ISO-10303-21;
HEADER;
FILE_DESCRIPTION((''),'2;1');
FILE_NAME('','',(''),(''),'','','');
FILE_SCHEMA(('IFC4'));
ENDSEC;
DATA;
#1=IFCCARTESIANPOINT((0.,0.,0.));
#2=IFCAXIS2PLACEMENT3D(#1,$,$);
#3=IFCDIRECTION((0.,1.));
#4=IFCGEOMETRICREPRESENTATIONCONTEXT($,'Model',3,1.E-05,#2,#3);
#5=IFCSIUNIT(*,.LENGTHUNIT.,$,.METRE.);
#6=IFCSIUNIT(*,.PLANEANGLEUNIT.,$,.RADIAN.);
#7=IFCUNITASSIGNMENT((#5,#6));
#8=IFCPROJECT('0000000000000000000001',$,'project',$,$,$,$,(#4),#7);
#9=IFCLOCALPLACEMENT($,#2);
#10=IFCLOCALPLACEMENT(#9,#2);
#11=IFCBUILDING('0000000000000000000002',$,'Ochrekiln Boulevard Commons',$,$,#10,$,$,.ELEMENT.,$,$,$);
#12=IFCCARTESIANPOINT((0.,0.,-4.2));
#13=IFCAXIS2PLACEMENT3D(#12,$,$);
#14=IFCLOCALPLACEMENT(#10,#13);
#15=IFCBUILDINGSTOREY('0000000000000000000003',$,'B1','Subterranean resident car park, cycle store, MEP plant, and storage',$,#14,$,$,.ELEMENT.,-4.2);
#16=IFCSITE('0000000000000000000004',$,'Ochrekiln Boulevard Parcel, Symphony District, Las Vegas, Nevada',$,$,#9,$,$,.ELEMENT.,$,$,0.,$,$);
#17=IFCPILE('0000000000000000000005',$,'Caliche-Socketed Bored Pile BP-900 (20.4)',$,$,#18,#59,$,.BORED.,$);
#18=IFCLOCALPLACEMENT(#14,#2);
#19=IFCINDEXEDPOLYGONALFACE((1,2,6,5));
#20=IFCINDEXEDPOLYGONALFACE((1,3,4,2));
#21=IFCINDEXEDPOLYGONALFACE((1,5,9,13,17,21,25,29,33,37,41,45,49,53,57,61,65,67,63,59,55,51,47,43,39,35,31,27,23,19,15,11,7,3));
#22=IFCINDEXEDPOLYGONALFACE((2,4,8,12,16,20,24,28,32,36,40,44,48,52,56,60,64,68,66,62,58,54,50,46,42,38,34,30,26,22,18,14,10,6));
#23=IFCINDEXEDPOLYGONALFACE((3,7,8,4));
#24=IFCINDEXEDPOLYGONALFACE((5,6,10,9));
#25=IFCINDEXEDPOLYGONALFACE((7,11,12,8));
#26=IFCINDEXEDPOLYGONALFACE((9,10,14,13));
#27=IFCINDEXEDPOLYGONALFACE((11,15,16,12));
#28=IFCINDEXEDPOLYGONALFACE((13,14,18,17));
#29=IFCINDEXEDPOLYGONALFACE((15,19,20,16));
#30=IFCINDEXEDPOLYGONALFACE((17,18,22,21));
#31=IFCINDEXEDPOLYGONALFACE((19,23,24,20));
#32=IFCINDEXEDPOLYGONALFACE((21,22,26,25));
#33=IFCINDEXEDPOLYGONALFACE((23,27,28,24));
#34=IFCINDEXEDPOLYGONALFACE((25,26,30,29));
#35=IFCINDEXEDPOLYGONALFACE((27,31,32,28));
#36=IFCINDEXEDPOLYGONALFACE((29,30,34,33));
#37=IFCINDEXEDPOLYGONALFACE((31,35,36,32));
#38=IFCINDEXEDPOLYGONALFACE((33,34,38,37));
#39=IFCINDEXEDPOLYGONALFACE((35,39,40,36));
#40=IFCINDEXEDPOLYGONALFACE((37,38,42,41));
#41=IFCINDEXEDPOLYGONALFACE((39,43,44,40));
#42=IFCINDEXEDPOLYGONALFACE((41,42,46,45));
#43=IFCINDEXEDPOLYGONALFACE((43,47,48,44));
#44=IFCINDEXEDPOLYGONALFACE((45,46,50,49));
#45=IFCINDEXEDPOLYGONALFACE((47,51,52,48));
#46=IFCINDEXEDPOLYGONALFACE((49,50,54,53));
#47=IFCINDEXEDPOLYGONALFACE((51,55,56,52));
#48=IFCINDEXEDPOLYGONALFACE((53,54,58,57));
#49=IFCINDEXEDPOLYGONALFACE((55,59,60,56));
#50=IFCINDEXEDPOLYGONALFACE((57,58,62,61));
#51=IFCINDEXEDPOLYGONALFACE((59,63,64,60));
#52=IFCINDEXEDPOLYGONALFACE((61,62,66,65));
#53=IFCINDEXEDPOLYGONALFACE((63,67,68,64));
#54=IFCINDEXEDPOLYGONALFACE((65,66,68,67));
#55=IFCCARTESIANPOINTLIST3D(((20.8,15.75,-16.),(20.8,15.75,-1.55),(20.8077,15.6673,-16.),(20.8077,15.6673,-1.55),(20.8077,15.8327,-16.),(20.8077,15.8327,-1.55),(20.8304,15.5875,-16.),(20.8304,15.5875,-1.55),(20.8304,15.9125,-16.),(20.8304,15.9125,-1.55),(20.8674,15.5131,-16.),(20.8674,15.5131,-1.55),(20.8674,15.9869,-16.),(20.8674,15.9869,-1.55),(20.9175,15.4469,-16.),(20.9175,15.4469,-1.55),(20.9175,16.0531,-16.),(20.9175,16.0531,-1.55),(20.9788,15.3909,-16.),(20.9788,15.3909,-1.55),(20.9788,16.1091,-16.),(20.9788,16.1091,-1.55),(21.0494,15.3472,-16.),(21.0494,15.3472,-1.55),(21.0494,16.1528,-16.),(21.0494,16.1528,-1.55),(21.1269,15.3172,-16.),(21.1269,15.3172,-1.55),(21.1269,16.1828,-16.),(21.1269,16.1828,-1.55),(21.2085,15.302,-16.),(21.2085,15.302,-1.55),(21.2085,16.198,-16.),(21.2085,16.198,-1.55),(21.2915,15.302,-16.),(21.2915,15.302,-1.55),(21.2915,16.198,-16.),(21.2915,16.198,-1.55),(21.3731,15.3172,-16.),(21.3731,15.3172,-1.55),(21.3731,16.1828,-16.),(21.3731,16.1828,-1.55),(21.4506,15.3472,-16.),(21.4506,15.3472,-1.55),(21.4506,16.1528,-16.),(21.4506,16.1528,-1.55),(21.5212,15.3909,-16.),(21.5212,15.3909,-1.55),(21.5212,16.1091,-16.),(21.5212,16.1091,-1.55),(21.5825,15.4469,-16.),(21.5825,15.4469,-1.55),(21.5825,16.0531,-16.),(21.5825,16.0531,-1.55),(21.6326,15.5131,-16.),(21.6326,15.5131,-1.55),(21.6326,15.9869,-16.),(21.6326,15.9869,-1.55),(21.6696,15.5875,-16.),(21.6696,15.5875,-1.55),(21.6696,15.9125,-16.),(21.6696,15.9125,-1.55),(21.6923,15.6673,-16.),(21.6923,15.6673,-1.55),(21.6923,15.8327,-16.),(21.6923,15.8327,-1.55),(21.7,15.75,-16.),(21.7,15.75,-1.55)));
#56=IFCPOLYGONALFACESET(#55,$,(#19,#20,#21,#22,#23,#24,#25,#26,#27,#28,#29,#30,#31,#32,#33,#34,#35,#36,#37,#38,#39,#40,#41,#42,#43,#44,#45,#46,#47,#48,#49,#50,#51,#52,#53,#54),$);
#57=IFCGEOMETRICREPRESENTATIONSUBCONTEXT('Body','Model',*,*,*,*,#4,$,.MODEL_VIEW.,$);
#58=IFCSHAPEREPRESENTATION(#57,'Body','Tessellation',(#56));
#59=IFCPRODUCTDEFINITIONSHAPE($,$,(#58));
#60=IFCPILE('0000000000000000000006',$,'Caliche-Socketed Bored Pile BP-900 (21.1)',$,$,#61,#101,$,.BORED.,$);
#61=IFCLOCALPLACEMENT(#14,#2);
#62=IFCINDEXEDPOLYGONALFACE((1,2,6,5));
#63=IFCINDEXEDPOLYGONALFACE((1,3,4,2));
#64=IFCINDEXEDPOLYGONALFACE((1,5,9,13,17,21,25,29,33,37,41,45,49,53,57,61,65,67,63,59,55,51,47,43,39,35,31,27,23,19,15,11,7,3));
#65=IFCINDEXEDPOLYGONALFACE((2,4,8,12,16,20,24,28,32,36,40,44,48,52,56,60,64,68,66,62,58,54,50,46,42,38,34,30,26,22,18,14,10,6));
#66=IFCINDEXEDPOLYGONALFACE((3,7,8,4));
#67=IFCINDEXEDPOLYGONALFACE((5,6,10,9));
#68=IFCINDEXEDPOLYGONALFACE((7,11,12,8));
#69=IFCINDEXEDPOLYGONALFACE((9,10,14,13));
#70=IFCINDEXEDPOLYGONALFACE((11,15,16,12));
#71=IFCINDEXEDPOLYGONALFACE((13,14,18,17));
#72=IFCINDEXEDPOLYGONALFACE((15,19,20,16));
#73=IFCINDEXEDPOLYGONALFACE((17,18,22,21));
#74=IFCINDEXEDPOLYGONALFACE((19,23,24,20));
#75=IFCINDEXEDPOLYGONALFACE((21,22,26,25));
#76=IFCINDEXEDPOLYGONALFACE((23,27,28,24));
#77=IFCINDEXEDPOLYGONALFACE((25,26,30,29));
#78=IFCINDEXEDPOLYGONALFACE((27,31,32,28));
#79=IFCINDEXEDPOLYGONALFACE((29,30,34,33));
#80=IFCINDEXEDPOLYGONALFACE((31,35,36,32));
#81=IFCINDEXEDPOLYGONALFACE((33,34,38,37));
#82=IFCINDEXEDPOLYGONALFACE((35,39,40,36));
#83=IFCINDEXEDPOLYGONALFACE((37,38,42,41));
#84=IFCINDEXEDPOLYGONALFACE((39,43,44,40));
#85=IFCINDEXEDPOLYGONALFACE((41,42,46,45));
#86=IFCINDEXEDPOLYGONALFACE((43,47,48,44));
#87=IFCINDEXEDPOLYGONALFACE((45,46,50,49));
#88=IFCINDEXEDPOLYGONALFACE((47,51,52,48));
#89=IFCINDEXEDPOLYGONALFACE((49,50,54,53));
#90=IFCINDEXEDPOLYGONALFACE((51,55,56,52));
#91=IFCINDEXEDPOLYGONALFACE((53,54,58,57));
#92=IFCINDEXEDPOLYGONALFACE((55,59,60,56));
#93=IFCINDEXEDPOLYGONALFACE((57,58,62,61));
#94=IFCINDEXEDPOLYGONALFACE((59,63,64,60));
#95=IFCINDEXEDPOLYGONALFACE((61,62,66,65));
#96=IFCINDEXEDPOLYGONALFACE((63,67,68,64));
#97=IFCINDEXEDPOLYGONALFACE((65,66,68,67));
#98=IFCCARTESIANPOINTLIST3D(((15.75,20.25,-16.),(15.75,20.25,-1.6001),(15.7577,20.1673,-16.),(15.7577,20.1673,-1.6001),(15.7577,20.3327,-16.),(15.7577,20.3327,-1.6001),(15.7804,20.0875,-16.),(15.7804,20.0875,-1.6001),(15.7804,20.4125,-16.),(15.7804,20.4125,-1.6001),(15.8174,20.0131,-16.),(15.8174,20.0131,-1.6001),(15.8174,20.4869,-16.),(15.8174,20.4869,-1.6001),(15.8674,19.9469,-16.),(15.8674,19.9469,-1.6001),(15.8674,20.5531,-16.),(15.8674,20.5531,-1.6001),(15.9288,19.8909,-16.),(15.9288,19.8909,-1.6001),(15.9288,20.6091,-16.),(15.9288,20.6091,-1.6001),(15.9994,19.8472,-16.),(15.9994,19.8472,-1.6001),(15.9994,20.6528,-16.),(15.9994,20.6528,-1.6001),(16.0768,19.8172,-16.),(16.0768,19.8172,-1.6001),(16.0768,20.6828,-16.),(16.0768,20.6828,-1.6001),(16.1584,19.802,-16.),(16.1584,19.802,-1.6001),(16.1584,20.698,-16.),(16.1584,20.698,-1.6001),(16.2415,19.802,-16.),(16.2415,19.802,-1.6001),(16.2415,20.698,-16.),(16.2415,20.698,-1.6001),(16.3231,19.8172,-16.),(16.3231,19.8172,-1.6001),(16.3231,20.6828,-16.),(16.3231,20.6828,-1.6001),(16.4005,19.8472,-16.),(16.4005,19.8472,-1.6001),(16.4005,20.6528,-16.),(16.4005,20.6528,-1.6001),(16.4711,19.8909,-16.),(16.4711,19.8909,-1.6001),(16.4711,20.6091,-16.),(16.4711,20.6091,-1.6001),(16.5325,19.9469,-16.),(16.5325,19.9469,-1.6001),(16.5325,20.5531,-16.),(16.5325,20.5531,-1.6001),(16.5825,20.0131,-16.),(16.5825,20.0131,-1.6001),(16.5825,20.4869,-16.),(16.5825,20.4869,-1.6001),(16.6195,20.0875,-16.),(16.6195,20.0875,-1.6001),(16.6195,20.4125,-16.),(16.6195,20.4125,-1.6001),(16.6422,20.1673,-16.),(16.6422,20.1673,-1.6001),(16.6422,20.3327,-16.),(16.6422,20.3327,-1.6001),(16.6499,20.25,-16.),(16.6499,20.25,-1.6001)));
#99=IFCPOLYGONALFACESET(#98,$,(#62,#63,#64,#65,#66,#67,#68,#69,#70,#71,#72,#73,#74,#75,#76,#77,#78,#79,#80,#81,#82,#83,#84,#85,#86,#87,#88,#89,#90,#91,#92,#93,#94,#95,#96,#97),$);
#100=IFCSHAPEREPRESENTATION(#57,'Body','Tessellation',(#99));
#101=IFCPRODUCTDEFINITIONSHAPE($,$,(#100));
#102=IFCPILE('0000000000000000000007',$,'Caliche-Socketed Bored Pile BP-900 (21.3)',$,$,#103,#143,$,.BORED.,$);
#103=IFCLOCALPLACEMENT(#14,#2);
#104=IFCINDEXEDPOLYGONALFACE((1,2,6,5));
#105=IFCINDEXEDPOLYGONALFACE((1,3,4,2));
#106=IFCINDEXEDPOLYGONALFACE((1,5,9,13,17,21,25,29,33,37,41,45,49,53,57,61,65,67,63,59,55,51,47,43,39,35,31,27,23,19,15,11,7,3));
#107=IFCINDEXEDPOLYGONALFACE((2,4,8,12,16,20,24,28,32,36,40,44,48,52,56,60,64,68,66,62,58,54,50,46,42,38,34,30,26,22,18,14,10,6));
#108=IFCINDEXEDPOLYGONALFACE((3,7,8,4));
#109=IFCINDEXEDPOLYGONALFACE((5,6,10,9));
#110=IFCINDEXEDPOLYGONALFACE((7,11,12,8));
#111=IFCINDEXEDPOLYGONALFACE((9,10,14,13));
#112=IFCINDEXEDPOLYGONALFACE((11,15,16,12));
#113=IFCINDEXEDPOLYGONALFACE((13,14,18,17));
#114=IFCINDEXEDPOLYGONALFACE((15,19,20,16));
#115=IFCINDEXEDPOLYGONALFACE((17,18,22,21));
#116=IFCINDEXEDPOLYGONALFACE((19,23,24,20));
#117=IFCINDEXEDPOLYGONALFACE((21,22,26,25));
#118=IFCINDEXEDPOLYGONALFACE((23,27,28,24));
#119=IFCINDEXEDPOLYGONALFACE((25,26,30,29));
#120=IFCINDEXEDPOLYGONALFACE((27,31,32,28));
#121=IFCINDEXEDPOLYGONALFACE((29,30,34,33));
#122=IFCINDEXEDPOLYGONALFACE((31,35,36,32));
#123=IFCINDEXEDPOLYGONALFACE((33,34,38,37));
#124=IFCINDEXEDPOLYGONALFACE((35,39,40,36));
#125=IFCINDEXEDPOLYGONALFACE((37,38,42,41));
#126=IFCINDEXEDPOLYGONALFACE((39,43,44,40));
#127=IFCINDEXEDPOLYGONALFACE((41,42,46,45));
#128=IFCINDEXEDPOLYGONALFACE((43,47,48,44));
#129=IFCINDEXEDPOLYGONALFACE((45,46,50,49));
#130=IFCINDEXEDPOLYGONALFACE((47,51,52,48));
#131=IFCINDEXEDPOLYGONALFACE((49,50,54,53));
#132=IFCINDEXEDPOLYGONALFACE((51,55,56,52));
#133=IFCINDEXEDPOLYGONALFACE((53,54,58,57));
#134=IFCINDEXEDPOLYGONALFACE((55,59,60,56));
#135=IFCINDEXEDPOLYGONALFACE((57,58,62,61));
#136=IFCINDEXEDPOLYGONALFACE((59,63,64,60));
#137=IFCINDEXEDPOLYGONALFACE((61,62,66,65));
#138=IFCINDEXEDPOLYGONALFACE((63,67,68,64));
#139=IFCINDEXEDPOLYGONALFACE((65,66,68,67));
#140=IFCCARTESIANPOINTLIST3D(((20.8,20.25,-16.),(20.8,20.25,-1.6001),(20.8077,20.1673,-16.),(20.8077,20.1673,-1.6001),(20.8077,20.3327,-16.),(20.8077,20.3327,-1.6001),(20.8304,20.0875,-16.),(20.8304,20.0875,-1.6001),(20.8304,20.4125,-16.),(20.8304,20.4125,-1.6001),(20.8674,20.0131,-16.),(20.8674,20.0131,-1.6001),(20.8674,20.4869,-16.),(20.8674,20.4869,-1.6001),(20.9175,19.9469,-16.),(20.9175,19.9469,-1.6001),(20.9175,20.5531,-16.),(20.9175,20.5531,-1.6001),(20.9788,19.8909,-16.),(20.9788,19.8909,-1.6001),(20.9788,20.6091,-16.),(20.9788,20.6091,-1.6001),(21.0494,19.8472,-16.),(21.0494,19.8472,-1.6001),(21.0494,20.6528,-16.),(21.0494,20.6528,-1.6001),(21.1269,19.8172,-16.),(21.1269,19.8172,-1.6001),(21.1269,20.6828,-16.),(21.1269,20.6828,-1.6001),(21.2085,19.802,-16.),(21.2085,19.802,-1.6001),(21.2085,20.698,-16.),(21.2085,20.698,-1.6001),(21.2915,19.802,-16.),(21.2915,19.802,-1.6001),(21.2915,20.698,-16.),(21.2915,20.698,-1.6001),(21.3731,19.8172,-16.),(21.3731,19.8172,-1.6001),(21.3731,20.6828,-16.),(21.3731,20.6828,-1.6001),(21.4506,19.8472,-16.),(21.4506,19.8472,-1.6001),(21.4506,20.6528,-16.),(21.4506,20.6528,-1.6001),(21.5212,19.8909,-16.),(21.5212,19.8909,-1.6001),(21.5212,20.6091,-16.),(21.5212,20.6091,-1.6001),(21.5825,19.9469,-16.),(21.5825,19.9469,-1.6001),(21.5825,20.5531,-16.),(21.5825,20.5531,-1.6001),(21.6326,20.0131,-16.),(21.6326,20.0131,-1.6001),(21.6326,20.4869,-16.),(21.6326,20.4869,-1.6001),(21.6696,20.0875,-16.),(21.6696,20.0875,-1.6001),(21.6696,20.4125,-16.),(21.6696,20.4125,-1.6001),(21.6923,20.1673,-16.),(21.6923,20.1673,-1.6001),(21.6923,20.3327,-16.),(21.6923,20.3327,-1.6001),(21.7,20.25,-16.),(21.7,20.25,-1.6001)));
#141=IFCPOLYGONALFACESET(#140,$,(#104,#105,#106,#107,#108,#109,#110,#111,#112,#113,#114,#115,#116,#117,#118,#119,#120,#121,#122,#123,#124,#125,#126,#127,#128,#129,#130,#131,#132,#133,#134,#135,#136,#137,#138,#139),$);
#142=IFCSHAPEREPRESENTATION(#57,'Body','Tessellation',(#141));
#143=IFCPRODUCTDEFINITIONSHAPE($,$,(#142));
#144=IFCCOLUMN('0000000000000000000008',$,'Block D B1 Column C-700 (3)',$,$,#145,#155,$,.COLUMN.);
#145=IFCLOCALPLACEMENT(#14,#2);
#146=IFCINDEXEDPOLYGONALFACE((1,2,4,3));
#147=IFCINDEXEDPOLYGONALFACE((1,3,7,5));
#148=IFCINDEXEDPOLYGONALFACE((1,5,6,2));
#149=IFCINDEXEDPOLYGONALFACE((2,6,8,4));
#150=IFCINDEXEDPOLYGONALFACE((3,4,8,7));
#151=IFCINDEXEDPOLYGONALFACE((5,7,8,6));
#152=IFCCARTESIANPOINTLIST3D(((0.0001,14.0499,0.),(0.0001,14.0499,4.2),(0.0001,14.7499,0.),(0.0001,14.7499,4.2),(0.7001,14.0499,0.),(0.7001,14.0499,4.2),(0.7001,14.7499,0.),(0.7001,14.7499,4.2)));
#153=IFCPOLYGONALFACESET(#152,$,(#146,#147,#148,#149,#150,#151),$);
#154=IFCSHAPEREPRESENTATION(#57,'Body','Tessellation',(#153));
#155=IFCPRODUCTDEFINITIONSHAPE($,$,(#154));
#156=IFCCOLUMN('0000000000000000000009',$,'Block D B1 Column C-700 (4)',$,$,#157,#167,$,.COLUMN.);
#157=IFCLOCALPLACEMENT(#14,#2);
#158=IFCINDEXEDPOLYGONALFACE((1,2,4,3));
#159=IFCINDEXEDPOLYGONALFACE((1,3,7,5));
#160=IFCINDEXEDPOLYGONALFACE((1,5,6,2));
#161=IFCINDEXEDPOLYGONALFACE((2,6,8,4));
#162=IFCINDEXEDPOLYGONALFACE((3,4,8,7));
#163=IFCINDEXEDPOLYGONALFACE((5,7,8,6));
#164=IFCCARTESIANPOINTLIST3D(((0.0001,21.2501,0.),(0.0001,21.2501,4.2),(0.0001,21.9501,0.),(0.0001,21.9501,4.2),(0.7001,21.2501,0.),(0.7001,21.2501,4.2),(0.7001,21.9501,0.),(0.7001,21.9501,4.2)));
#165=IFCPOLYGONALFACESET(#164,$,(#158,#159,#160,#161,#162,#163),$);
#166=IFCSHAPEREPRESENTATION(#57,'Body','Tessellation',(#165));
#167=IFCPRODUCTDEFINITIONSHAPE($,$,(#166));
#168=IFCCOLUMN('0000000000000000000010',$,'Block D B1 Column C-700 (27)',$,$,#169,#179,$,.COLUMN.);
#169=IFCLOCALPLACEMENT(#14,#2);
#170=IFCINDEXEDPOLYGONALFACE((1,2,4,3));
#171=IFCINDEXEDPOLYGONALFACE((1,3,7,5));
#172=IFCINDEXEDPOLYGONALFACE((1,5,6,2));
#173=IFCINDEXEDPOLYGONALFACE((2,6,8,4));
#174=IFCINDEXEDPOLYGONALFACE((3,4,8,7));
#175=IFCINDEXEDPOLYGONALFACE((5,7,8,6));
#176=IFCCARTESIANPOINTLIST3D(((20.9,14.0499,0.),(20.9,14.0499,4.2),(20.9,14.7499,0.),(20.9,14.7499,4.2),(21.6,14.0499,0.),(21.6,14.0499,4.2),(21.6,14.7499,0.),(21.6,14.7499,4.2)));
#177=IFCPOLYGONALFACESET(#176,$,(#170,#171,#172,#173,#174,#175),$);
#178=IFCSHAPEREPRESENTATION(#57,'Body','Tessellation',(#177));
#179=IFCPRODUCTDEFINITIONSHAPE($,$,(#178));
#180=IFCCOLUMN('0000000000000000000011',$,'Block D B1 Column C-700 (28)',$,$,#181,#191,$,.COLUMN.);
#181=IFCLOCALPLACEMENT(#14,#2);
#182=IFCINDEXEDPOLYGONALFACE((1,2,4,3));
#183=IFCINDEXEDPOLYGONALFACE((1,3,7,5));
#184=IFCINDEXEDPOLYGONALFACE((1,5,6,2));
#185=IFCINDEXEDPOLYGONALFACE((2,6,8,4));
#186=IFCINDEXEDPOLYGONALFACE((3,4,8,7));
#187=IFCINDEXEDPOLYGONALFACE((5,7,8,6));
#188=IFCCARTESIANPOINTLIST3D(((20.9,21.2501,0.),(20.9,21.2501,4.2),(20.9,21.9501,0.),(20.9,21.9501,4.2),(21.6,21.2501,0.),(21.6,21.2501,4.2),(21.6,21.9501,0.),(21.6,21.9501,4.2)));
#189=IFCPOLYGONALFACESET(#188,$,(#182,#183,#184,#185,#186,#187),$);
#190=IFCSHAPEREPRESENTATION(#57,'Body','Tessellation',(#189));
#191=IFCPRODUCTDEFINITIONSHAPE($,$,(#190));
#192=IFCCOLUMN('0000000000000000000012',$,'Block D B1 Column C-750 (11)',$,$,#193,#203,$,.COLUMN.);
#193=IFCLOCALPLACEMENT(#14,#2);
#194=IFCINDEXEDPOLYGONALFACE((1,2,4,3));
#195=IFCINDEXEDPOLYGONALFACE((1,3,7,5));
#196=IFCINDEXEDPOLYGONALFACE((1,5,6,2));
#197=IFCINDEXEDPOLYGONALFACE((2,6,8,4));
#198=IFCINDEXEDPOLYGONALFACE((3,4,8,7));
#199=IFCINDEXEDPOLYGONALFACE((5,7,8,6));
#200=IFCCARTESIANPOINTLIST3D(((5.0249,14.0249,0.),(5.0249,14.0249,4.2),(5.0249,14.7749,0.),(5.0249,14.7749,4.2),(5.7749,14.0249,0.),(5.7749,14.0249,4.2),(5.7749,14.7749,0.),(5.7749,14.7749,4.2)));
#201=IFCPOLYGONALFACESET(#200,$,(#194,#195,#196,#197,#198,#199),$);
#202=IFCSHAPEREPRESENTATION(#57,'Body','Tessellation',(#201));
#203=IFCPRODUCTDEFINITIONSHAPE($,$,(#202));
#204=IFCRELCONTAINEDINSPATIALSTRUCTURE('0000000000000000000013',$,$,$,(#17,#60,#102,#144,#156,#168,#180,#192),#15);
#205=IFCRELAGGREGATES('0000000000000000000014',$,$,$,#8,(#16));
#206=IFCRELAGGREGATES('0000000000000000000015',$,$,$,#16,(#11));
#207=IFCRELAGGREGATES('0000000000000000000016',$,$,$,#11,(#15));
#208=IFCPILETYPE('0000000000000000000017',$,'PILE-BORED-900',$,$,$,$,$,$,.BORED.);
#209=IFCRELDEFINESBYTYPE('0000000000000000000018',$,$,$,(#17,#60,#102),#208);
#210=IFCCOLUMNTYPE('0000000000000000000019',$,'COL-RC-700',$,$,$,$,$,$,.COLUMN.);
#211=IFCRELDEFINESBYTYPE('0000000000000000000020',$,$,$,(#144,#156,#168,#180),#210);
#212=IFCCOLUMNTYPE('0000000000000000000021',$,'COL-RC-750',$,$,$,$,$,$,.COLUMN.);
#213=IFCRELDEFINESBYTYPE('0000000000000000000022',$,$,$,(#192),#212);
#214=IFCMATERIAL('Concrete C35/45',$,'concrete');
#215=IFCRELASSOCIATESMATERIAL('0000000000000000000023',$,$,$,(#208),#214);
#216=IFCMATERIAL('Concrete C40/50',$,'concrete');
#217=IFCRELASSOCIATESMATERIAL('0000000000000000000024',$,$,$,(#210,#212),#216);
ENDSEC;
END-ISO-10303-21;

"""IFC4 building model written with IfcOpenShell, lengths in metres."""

from ifc_helpers import new_model, si_unit, direction, frame, origin, origin_2d, place, context, subcontext, project, spatial, rectangle, circle, extrude, material, material_profile, profile_set, type_object, element, save


model = new_model("IFC4")

# Units and contexts
model_context = context("Model", 3, precision=1e-05, world=origin(), true_north=direction((0.0, 1.0)))
body_context = subcontext(model_context, "Body", "Model", "MODEL_VIEW")
ifc_project = project(units=[si_unit("LENGTHUNIT", "METRE"), si_unit("PLANEANGLEUNIT", "RADIAN")], contexts=[model_context])

# Site, building, storey
site_placement = place(None, origin())
site = spatial("IfcSite", under=ifc_project, at=site_placement, Name="Ochrekiln Boulevard Parcel, Symphony District, Las Vegas, Nevada", CompositionType="ELEMENT", RefElevation=0.0)
building_placement = place(site_placement, origin())
building = spatial("IfcBuilding", under=site, at=building_placement, Name="Ochrekiln Boulevard Commons", CompositionType="ELEMENT")
storey_placement = place(building_placement, frame((0.0, 0.0, -4.2)))
storey = spatial("IfcBuildingStorey", under=building, at=storey_placement, Name="B1", Description="Subterranean resident car park, cycle store, MEP plant, and storage", CompositionType="ELEMENT", Elevation=-4.2)

# Shared definitions
ifc_material_1 = material(Name="Concrete C35/45", Category="concrete")

# Piles
ifc_material_profile_1 = material_profile(ifc_material_1, circle(Radius=0.45, at=origin_2d()), Name="PILE-D900")
ifc_profile_set_1 = profile_set([ifc_material_profile_1], Name="Concrete C35/45")
pile_type = type_object("IfcPileType", Name="PILE-BORED-900", PredefinedType="BORED", material=ifc_profile_set_1)
for number, where, z_axis, x_axis, name in (
    (1, (21.25, 15.75, -1.55), (0.0, 0.0, -1.0), (1.0, 0.0, 0.0), "Caliche-Socketed Bored Pile BP-900 (20.4)"),
):
    element("IfcPile", number, at=place(storey_placement, frame(where, z_axis=z_axis, x_axis=x_axis)), inside=storey, type_object=pile_type, Name=name, PredefinedType="BORED", context=body_context, shape_type="SweptSolid", body=[
        extrude(circle(Radius=0.45, at=origin_2d()), origin(), (0.0, 0.0, 1.0), 14.45),
    ])
for number, where, z_axis, x_axis, name in (
    (2, (16.2, 20.25, -1.6001), (0.0, 0.0, -1.0), (1.0, 0.0, 0.0), "Caliche-Socketed Bored Pile BP-900 (21.1)"),
    (3, (21.25, 20.25, -1.6001), (0.0, 0.0, -1.0), (1.0, 0.0, 0.0), "Caliche-Socketed Bored Pile BP-900 (21.3)"),
):
    element("IfcPile", number, at=place(storey_placement, frame(where, z_axis=z_axis, x_axis=x_axis)), inside=storey, type_object=pile_type, Name=name, PredefinedType="BORED", context=body_context, shape_type="SweptSolid", body=[
        extrude(circle(Radius=0.45, at=origin_2d()), origin(), (0.0, 0.0, 1.0), 14.3999),
    ])

# Columns
ifc_material_2 = material(Name="Concrete C40/50", Category="concrete")
ifc_material_profile_2 = material_profile(ifc_material_2, rectangle(XDim=0.7, YDim=0.7, at=origin_2d()), Name="RC-COL-700x700")
ifc_profile_set_2 = profile_set([ifc_material_profile_2], Name="Concrete C40/50")
column_type_1 = type_object("IfcColumnType", Name="COL-RC-700", PredefinedType="COLUMN", material=ifc_profile_set_2)
for number, where, z_axis, x_axis, name in (
    (4, (0.3501, 14.3999, 0.0), (0.0, 0.0, 1.0), (1.0, 0.0, 0.0), "Block D B1 Column C-700 (3)"),
    (5, (0.3501, 21.6001, 0.0), (0.0, 0.0, 1.0), (1.0, 0.0, 0.0), "Block D B1 Column C-700 (4)"),
    (6, (21.25, 14.3999, 0.0), (0.0, 0.0, 1.0), (1.0, 0.0, 0.0), "Block D B1 Column C-700 (27)"),
    (7, (21.25, 21.6001, 0.0), (0.0, 0.0, 1.0), (1.0, 0.0, 0.0), "Block D B1 Column C-700 (28)"),
):
    element("IfcColumn", number, at=place(storey_placement, frame(where, z_axis=z_axis, x_axis=x_axis)), inside=storey, type_object=column_type_1, Name=name, PredefinedType="COLUMN", context=body_context, shape_type="SweptSolid", body=[
        extrude(rectangle(XDim=0.7, YDim=0.7, at=origin_2d()), origin(), (0.0, 0.0, 1.0), 4.2),
    ])
ifc_material_profile_3 = material_profile(ifc_material_2, rectangle(XDim=0.75, YDim=0.75, at=origin_2d()), Name="RC-COL-750x750")
ifc_profile_set_3 = profile_set([ifc_material_profile_3], Name="Concrete C40/50")
column_type_2 = type_object("IfcColumnType", Name="COL-RC-750", PredefinedType="COLUMN", material=ifc_profile_set_3)
for number, where, z_axis, x_axis, name in (
    (8, (5.3999, 14.3999, 0.0), (0.0, 0.0, 1.0), (1.0, 0.0, 0.0), "Block D B1 Column C-750 (11)"),
):
    element("IfcColumn", number, at=place(storey_placement, frame(where, z_axis=z_axis, x_axis=x_axis)), inside=storey, type_object=column_type_2, Name=name, PredefinedType="COLUMN", context=body_context, shape_type="SweptSolid", body=[
        extrude(rectangle(XDim=0.75, YDim=0.75, at=origin_2d()), origin(), (0.0, 0.0, 1.0), 4.2),
    ])

save(model, "model.ifc")
